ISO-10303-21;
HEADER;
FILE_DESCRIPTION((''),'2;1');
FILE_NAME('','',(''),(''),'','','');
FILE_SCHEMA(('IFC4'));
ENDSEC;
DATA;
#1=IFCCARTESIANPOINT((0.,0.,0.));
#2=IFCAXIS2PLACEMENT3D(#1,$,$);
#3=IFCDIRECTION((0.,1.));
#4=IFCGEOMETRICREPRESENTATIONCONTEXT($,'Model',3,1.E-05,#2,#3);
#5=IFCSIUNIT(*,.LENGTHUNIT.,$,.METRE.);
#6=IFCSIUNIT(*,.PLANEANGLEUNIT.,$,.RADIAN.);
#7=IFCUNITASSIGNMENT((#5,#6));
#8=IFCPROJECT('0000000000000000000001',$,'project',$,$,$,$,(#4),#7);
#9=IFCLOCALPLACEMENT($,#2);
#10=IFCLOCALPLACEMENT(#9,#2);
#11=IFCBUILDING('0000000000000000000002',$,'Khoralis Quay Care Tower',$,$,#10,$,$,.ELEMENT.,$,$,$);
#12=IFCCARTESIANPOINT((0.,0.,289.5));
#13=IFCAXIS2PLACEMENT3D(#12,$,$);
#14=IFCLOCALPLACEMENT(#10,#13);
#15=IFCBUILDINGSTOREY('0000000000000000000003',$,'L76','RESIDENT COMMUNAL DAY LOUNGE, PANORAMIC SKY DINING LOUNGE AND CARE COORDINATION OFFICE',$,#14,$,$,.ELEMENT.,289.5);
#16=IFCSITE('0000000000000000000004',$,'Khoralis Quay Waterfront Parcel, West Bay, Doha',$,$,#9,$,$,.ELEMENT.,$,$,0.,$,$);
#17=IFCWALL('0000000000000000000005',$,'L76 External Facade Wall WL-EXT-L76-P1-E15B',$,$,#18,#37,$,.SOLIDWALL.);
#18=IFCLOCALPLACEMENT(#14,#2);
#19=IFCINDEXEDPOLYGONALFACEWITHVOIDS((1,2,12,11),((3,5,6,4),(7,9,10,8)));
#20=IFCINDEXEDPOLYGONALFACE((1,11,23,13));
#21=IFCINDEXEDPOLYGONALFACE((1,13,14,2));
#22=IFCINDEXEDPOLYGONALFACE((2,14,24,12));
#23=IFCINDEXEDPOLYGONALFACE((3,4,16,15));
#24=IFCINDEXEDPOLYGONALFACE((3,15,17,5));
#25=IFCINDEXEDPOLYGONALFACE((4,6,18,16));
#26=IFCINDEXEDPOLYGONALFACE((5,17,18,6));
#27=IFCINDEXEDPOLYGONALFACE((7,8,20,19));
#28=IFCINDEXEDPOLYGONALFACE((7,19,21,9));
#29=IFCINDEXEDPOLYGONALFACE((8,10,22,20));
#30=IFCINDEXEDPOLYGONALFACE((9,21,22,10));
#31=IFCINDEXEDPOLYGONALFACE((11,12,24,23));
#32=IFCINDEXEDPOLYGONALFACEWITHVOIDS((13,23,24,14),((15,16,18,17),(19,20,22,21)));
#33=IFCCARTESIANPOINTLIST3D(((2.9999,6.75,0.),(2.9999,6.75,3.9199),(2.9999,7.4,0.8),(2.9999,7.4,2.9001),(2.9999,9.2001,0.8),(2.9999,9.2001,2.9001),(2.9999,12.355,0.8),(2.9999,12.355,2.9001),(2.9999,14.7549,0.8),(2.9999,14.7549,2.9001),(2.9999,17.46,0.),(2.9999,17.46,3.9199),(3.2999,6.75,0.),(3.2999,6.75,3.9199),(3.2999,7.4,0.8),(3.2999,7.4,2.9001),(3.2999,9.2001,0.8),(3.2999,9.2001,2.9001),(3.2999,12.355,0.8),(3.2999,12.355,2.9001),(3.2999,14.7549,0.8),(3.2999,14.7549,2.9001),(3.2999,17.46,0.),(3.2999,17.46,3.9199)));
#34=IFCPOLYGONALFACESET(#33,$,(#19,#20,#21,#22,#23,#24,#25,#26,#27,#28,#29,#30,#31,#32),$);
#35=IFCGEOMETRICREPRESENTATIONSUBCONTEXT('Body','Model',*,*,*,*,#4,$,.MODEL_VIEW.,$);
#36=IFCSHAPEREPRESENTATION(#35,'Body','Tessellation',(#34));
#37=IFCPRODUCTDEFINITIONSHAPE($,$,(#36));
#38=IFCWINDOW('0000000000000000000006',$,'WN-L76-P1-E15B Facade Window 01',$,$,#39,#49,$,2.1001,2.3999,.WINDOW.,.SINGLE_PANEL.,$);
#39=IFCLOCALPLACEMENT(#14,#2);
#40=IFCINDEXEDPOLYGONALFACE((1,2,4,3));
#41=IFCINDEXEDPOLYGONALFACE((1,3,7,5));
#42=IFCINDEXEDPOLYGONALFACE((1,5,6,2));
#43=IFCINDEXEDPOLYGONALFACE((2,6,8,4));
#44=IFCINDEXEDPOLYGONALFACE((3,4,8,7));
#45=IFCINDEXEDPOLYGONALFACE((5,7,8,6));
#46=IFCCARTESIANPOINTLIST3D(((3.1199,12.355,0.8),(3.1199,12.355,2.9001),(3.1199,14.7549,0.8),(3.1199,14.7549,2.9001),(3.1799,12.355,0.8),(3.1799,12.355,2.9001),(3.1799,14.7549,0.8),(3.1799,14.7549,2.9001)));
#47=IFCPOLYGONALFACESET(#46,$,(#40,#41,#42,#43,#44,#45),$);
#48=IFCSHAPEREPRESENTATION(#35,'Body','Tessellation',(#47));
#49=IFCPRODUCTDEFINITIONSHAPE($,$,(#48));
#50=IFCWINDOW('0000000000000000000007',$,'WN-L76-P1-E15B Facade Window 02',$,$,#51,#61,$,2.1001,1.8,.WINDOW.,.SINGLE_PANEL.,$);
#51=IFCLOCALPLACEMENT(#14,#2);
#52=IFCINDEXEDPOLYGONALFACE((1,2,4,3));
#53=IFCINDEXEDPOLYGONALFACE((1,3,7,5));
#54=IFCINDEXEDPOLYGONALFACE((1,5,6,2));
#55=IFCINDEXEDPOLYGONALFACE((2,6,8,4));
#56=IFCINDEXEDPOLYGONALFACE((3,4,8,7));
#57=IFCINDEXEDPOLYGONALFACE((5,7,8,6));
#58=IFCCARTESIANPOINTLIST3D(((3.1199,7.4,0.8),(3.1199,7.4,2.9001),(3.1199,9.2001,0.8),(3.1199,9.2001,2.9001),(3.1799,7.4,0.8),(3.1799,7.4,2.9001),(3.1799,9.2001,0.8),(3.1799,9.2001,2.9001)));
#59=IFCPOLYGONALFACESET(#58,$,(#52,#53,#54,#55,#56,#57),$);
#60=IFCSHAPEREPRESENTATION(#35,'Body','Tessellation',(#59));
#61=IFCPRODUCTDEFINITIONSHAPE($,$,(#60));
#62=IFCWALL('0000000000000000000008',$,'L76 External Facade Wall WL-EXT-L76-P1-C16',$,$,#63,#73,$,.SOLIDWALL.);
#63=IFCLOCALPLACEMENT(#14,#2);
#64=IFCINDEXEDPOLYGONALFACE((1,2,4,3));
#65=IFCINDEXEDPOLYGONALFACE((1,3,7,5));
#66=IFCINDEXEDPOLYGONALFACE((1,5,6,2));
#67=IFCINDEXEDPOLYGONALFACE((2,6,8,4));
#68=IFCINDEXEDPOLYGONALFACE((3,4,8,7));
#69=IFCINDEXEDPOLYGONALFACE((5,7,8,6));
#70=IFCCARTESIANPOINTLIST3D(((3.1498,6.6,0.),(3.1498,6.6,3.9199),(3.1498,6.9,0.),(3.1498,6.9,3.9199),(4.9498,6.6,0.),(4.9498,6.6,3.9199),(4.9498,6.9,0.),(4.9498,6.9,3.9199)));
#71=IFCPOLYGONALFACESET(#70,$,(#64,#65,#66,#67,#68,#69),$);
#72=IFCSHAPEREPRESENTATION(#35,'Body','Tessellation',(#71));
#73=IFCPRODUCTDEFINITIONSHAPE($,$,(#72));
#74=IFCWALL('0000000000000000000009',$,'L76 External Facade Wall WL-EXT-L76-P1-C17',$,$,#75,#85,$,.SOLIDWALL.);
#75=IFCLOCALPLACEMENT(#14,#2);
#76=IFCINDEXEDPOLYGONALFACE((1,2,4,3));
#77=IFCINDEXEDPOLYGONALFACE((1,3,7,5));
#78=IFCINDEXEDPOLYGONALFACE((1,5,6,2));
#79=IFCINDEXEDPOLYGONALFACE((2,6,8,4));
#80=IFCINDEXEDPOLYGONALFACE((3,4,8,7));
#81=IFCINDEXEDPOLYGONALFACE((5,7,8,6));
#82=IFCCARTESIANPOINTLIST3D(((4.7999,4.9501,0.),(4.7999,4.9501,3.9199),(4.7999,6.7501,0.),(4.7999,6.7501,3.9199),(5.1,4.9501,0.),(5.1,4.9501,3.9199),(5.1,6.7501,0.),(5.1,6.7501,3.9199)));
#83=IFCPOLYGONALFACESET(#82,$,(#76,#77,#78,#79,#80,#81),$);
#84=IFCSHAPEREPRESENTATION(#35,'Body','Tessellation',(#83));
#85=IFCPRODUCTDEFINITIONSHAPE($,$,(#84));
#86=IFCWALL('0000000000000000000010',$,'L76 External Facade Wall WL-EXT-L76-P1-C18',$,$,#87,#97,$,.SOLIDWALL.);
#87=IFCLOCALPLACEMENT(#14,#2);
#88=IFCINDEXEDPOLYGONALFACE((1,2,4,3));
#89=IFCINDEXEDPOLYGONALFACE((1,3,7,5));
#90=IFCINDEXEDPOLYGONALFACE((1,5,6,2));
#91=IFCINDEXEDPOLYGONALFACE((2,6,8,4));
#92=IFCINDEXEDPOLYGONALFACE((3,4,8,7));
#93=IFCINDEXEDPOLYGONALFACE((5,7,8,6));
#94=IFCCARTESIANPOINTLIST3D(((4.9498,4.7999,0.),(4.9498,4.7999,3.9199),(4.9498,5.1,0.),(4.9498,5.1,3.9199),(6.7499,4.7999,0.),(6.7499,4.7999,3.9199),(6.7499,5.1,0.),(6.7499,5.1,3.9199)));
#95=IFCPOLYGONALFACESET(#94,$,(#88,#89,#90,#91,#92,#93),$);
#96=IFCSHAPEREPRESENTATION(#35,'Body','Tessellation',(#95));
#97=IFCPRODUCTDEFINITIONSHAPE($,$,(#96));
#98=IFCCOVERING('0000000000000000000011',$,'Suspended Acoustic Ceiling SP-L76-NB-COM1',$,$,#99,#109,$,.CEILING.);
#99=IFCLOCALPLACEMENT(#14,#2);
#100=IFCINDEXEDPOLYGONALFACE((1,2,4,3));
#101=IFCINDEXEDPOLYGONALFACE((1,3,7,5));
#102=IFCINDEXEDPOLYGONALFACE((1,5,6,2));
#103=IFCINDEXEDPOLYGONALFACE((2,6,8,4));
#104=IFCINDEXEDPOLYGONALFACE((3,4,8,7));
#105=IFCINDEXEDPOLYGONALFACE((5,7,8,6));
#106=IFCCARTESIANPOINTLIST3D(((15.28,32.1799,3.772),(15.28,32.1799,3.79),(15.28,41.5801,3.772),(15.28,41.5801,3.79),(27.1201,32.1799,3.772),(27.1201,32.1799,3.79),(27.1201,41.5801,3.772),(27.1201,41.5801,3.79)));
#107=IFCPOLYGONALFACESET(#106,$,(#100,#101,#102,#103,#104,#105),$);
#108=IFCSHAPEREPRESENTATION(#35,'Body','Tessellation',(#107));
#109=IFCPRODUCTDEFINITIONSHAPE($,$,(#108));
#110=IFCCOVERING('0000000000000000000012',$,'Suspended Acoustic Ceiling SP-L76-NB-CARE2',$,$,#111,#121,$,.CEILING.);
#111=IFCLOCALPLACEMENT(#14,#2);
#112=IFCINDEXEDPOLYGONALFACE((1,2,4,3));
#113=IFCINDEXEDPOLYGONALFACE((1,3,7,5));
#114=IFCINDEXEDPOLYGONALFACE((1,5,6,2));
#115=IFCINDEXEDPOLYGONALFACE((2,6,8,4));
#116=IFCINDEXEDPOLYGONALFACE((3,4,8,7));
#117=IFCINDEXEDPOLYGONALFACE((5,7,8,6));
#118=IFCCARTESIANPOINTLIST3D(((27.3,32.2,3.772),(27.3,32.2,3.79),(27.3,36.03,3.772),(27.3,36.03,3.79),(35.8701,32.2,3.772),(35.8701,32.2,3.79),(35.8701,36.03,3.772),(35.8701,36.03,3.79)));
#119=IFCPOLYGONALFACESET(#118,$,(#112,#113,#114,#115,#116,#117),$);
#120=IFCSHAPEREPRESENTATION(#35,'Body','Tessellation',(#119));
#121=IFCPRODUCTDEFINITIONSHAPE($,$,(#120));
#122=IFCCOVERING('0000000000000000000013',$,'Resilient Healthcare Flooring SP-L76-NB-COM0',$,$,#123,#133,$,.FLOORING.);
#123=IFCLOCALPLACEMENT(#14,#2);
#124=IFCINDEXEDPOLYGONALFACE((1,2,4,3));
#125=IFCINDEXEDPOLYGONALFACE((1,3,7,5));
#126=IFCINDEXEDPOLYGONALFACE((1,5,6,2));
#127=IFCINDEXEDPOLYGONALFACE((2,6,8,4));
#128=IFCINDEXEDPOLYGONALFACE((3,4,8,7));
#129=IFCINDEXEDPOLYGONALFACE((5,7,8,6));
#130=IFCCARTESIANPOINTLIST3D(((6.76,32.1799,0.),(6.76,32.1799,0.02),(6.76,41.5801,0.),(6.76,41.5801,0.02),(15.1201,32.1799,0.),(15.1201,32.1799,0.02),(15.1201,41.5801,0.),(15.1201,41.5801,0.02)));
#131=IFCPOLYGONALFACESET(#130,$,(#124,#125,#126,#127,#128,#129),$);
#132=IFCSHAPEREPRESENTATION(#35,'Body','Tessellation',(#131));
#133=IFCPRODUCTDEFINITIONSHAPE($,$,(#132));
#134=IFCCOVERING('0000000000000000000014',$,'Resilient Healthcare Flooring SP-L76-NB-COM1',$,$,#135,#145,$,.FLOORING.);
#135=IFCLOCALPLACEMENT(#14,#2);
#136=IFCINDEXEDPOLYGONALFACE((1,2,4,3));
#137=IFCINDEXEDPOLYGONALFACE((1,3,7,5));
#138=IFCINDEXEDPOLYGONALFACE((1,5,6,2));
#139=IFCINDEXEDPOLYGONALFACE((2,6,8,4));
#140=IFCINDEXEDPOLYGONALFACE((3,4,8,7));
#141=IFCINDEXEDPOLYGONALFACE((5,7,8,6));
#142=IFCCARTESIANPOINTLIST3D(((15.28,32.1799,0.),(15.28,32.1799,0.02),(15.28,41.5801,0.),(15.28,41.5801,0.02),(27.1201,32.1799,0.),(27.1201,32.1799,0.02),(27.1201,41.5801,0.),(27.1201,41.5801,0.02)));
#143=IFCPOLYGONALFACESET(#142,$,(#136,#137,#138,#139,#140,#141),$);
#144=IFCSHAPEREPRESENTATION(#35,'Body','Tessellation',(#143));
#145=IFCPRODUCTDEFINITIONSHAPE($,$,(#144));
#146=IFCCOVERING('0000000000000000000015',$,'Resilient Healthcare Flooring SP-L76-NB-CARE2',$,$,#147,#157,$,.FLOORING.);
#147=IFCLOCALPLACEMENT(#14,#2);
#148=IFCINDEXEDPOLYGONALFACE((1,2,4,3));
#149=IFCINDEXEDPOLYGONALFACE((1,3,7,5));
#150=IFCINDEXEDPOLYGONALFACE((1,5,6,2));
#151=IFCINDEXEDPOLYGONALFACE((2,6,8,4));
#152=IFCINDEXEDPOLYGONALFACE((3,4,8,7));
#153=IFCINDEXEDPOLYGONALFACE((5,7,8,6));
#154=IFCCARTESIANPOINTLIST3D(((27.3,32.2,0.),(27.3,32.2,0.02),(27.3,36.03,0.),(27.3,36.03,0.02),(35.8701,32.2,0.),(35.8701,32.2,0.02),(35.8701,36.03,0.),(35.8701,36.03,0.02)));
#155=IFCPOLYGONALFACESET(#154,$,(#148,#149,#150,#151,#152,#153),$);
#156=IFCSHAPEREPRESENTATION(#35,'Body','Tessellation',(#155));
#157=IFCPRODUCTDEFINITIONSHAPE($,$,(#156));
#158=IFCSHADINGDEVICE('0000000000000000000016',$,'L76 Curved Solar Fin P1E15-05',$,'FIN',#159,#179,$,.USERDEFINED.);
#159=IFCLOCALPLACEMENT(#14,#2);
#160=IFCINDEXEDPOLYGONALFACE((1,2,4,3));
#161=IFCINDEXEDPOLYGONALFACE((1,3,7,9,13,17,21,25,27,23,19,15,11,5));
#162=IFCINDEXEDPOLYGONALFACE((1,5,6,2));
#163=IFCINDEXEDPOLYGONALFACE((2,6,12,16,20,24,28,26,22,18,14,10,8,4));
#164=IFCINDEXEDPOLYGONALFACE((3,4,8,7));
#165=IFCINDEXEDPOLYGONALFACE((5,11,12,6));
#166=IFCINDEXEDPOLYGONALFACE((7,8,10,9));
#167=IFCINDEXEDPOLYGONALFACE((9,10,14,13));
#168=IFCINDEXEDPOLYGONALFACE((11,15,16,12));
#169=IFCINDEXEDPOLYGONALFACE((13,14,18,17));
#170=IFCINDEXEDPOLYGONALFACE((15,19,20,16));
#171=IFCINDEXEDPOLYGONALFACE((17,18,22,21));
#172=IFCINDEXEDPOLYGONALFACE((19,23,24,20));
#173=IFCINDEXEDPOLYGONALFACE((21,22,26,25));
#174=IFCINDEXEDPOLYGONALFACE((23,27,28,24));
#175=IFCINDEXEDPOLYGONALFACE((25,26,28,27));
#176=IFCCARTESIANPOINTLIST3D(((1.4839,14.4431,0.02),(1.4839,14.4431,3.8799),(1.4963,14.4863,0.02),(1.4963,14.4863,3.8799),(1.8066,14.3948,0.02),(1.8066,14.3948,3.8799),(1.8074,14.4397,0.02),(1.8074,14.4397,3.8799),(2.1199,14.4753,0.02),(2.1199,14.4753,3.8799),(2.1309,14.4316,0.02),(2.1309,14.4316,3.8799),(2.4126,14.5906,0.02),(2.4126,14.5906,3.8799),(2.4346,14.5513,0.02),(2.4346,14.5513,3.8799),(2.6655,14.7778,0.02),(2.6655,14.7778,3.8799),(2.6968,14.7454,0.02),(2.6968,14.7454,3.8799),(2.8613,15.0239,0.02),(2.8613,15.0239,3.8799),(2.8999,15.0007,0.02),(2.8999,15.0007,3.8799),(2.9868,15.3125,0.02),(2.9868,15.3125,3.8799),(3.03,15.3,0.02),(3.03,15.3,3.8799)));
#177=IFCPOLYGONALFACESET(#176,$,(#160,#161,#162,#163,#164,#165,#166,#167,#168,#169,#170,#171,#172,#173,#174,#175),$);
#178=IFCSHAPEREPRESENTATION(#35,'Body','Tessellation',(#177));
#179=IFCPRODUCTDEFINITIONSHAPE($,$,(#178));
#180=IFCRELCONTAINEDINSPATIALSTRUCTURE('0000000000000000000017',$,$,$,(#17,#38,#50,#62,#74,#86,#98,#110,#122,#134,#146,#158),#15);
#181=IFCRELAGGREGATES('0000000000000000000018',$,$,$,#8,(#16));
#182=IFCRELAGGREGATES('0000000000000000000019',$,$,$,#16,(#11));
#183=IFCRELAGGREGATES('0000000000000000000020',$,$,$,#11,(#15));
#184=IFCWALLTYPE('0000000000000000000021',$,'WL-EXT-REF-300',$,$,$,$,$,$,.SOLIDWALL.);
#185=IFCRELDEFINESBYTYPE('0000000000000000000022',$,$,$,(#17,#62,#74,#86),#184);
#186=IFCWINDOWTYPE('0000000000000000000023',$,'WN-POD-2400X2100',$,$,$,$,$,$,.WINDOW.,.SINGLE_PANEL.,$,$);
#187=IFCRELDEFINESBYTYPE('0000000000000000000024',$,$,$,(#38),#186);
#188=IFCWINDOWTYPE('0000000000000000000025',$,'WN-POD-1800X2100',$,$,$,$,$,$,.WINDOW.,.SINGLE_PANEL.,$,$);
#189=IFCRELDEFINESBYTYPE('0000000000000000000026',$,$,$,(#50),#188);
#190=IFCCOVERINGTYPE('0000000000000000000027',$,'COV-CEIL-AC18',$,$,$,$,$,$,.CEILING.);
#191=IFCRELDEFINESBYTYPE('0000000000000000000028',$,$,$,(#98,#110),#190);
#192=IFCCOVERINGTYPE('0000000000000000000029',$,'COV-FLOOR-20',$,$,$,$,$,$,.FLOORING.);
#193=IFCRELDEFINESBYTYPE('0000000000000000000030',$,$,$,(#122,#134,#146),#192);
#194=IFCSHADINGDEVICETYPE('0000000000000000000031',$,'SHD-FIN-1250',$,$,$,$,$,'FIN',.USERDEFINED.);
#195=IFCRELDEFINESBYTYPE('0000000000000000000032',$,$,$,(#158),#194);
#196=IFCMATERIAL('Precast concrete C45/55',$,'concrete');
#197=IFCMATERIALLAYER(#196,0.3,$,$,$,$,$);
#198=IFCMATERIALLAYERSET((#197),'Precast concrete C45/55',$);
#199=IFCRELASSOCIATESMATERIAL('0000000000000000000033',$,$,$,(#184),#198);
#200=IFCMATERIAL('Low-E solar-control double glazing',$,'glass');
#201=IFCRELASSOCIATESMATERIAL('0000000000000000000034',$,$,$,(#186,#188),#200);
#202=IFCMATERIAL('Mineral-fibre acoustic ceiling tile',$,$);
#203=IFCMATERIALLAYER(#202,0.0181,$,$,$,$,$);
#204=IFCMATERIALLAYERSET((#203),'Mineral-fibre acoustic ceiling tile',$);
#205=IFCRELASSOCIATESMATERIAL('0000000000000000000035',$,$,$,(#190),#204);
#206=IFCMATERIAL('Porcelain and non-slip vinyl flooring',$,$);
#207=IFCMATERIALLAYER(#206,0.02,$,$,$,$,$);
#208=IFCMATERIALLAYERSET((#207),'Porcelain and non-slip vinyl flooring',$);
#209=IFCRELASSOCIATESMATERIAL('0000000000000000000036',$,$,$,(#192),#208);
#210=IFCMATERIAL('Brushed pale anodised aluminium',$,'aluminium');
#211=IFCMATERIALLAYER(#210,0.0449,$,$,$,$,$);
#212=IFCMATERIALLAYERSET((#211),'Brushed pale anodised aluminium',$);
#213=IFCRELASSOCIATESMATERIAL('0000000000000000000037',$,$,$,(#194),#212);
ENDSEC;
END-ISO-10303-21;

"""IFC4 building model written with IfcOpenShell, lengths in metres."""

from ifc_helpers import new_model, si_unit, direction, frame, frame_2d, origin, place, context, subcontext, project, spatial, polyline, rectangle, outline, extrude, source, transform, mapped, material, layer, layer_set, type_object, element, fill, save


model = new_model("IFC4")

# Units and contexts
model_context = context("Model", 3, precision=1e-05, world=origin(), true_north=direction((0.0, 1.0)))
body_context = subcontext(model_context, "Body", "Model", "MODEL_VIEW")
ifc_project = project(units=[si_unit("LENGTHUNIT", "METRE"), si_unit("PLANEANGLEUNIT", "RADIAN")], contexts=[model_context])

# Site, building, storey
site_placement = place(None, origin())
site = spatial("IfcSite", under=ifc_project, at=site_placement, Name="Khoralis Quay Waterfront Parcel, West Bay, Doha", CompositionType="ELEMENT", RefElevation=0.0)
building_placement = place(site_placement, origin())
building = spatial("IfcBuilding", under=site, at=building_placement, Name="Khoralis Quay Care Tower", CompositionType="ELEMENT")
storey_placement = place(building_placement, frame((0.0, 0.0, 289.5)))
storey = spatial("IfcBuildingStorey", under=building, at=storey_placement, Name="L76", Description="RESIDENT COMMUNAL DAY LOUNGE, PANORAMIC SKY DINING LOUNGE AND CARE COORDINATION OFFICE", CompositionType="ELEMENT", Elevation=289.5)

# Wall, openings, windows
ifc_material_1 = material(Name="Precast concrete C45/55", Category="concrete")
ifc_layer_1 = layer(ifc_material_1, 0.3)
ifc_layer_set_1 = layer_set([ifc_layer_1], Name="Precast concrete C45/55")
wall_type_1 = type_object("IfcWallType", Name="WL-EXT-REF-300", PredefinedType="SOLIDWALL", material=ifc_layer_set_1)
wall_1_placement = place(storey_placement, frame((3.1499, 17.46, 0.0), z_axis=(0.0, 0.0, 1.0), x_axis=(0.0, -1.0, 0.0)))
wall_1 = element("IfcWall", 1, at=wall_1_placement, inside=storey, type_object=wall_type_1, Name="L76 External Facade Wall WL-EXT-L76-P1-E15B", PredefinedType="SOLIDWALL", context=body_context, shape_type="SweptSolid", body=[
    extrude(rectangle(XDim=10.71, YDim=0.3, at=frame_2d((5.355, 0.0))), origin(), (0.0, 0.0, 1.0), 3.9199),
])
opening_1_placement = place(wall_1_placement, frame((2.7051, 0.0, 0.8)))
opening_1 = element("IfcOpeningElement", 2, at=opening_1_placement, cuts=wall_1, PredefinedType="OPENING", context=body_context, shape_type="SweptSolid", body=[
    extrude(rectangle(XDim=2.3999, YDim=2.1001, at=frame_2d((1.2, 1.05))), frame((0.0, 0.1602, 0.0), z_axis=(0.0, -1.0, 0.0), x_axis=(1.0, 0.0, 0.0)), (0.0, 0.0, 1.0), 0.3201),
])
opening_2_placement = place(wall_1_placement, frame((8.26, 0.0, 0.8)))
opening_2 = element("IfcOpeningElement", 3, at=opening_2_placement, cuts=wall_1, PredefinedType="OPENING", context=body_context, shape_type="SweptSolid", body=[
    extrude(rectangle(XDim=1.8, YDim=2.1001, at=frame_2d((0.8999, 1.05))), frame((0.0, 0.1602, 0.0), z_axis=(0.0, -1.0, 0.0), x_axis=(1.0, 0.0, 0.0)), (0.0, 0.0, 1.0), 0.3201),
])
ifc_material_2 = material(Name="Low-E solar-control double glazing", Category="glass")
window_type_1 = type_object("IfcWindowType", Name="WN-POD-2400X2100", PartitioningType="SINGLE_PANEL", PredefinedType="WINDOW", material=ifc_material_2)
shared_shape_1 = source(origin(), body_context, "Body", "SweptSolid", [
    extrude(rectangle(XDim=2.3999, YDim=2.1001, at=frame_2d((1.2, 1.05))), frame((0.0, 0.03, 0.0), z_axis=(0.0, -1.0, 0.0), x_axis=(1.0, 0.0, 0.0)), (0.0, 0.0, 1.0), 0.0601),
])
window_1_placement = place(opening_1_placement, origin())
window_1 = element("IfcWindow", 4, at=window_1_placement, inside=storey, type_object=window_type_1, Name="WN-L76-P1-E15B Facade Window 01", OverallHeight=2.1001, OverallWidth=2.3999, PartitioningType="SINGLE_PANEL", PredefinedType="WINDOW", context=body_context, shape_type="MappedRepresentation", body=[
    mapped(shared_shape_1, transform((0.0, 0.0, 0.0), scale=1.0)),
])
fill(opening_1, window_1)
window_type_2 = type_object("IfcWindowType", Name="WN-POD-1800X2100", PartitioningType="SINGLE_PANEL", PredefinedType="WINDOW", material=ifc_material_2)
shared_shape_2 = source(origin(), body_context, "Body", "SweptSolid", [
    extrude(rectangle(XDim=1.8, YDim=2.1001, at=frame_2d((0.8999, 1.05))), frame((0.0, 0.03, 0.0), z_axis=(0.0, -1.0, 0.0), x_axis=(1.0, 0.0, 0.0)), (0.0, 0.0, 1.0), 0.0601),
])
window_2_placement = place(opening_2_placement, origin())
window_2 = element("IfcWindow", 5, at=window_2_placement, inside=storey, type_object=window_type_2, Name="WN-L76-P1-E15B Facade Window 02", OverallHeight=2.1001, OverallWidth=1.8, PartitioningType="SINGLE_PANEL", PredefinedType="WINDOW", context=body_context, shape_type="MappedRepresentation", body=[
    mapped(shared_shape_2, transform((0.0, 0.0, 0.0), scale=1.0)),
])
fill(opening_2, window_2)

# Walls
for number, where, z_axis, x_axis, name in (
    (6, (3.1499, 6.75, 0.0), (0.0, 0.0, 1.0), (1.0, 0.0, 0.0), "L76 External Facade Wall WL-EXT-L76-P1-C16"),
    (7, (4.95, 6.75, 0.0), (0.0, 0.0, 1.0), (0.0, -1.0, 0.0), "L76 External Facade Wall WL-EXT-L76-P1-C17"),
    (8, (4.95, 4.95, 0.0), (0.0, 0.0, 1.0), (1.0, 0.0, 0.0), "L76 External Facade Wall WL-EXT-L76-P1-C18"),
):
    element("IfcWall", number, at=place(storey_placement, frame(where, z_axis=z_axis, x_axis=x_axis)), inside=storey, type_object=wall_type_1, Name=name, PredefinedType="SOLIDWALL", context=body_context, shape_type="SweptSolid", body=[
        extrude(rectangle(XDim=1.8, YDim=0.3, at=frame_2d((0.8999, 0.0))), origin(), (0.0, 0.0, 1.0), 3.9199),
    ])

# Coverings
ifc_material_3 = material(Name="Mineral-fibre acoustic ceiling tile")
ifc_layer_2 = layer(ifc_material_3, 0.0181)
ifc_layer_set_2 = layer_set([ifc_layer_2], Name="Mineral-fibre acoustic ceiling tile")
covering_type_1 = type_object("IfcCoveringType", Name="COV-CEIL-AC18", PredefinedType="CEILING", material=ifc_layer_set_2)
covering_1_placement = place(storey_placement, frame((0.0, 0.0, 3.772)))
element("IfcCovering", 9, at=covering_1_placement, inside=storey, type_object=covering_type_1, Name="Suspended Acoustic Ceiling SP-L76-NB-COM1", PredefinedType="CEILING", context=body_context, shape_type="SweptSolid", body=[
    extrude(outline(polyline([(15.28, 32.1799), (27.1201, 32.1799), (27.1201, 41.5801), (15.28, 41.5801), (15.28, 32.1799)])), origin(), (0.0, 0.0, 1.0), 0.0181),
])
covering_2_placement = place(storey_placement, frame((0.0, 0.0, 3.772)))
element("IfcCovering", 10, at=covering_2_placement, inside=storey, type_object=covering_type_1, Name="Suspended Acoustic Ceiling SP-L76-NB-CARE2", PredefinedType="CEILING", context=body_context, shape_type="SweptSolid", body=[
    extrude(outline(polyline([(27.3, 32.2), (35.8701, 32.2), (35.8701, 36.03), (27.3, 36.03), (27.3, 32.2)])), origin(), (0.0, 0.0, 1.0), 0.0181),
])
ifc_material_4 = material(Name="Porcelain and non-slip vinyl flooring")
ifc_layer_3 = layer(ifc_material_4, 0.02)
ifc_layer_set_3 = layer_set([ifc_layer_3], Name="Porcelain and non-slip vinyl flooring")
covering_type_2 = type_object("IfcCoveringType", Name="COV-FLOOR-20", PredefinedType="FLOORING", material=ifc_layer_set_3)
covering_3_placement = place(storey_placement, origin())
element("IfcCovering", 11, at=covering_3_placement, inside=storey, type_object=covering_type_2, Name="Resilient Healthcare Flooring SP-L76-NB-COM0", PredefinedType="FLOORING", context=body_context, shape_type="SweptSolid", body=[
    extrude(outline(polyline([(6.76, 32.1799), (15.1201, 32.1799), (15.1201, 41.5801), (6.76, 41.5801), (6.76, 32.1799)])), origin(), (0.0, 0.0, 1.0), 0.02),
])
covering_4_placement = place(storey_placement, origin())
element("IfcCovering", 12, at=covering_4_placement, inside=storey, type_object=covering_type_2, Name="Resilient Healthcare Flooring SP-L76-NB-COM1", PredefinedType="FLOORING", context=body_context, shape_type="SweptSolid", body=[
    extrude(outline(polyline([(15.28, 32.1799), (27.1201, 32.1799), (27.1201, 41.5801), (15.28, 41.5801), (15.28, 32.1799)])), origin(), (0.0, 0.0, 1.0), 0.02),
])
covering_5_placement = place(storey_placement, origin())
element("IfcCovering", 13, at=covering_5_placement, inside=storey, type_object=covering_type_2, Name="Resilient Healthcare Flooring SP-L76-NB-CARE2", PredefinedType="FLOORING", context=body_context, shape_type="SweptSolid", body=[
    extrude(outline(polyline([(27.3, 32.2), (35.8701, 32.2), (35.8701, 36.03), (27.3, 36.03), (27.3, 32.2)])), origin(), (0.0, 0.0, 1.0), 0.02),
])

# Shading device
ifc_material_5 = material(Name="Brushed pale anodised aluminium", Category="aluminium")
ifc_layer_4 = layer(ifc_material_5, 0.0449)
ifc_layer_set_4 = layer_set([ifc_layer_4], Name="Brushed pale anodised aluminium")
shading_device_type = type_object("IfcShadingDeviceType", Name="SHD-FIN-1250", ElementType="FIN", PredefinedType="USERDEFINED", material=ifc_layer_set_4)
shared_shape_3 = source(origin(), body_context, "Body", "SweptSolid", [
    extrude(outline(polyline([(0.0, 0.0), (0.1301, 0.2993), (0.3333, 0.5547), (0.5955, 0.7488), (0.8992, 0.8684), (1.2234, 0.9053), (1.5461, 0.8569), (1.5337, 0.8137), (1.2227, 0.8604), (0.9102, 0.8247), (0.6174, 0.7095), (0.3645, 0.5222), (0.1687, 0.2761), (0.0432, -0.0125), (0.0, 0.0)])), origin(), (0.0, 0.0, 1.0), 3.8599),
])
for number, where, z_axis, x_axis, name in (
    (14, (3.03, 15.3, 0.02), (0.0, 0.0, 1.0), (-1.0, 0.0, 0.0), "L76 Curved Solar Fin P1E15-05"),
):
    element("IfcShadingDevice", number, at=place(storey_placement, frame(where, z_axis=z_axis, x_axis=x_axis)), inside=storey, type_object=shading_device_type, Name=name, ObjectType="FIN", PredefinedType="USERDEFINED", context=body_context, shape_type="MappedRepresentation", body=[
        mapped(shared_shape_3, transform((0.0, 0.0, 0.0), scale=1.0)),
    ])

save(model, "model.ifc")
